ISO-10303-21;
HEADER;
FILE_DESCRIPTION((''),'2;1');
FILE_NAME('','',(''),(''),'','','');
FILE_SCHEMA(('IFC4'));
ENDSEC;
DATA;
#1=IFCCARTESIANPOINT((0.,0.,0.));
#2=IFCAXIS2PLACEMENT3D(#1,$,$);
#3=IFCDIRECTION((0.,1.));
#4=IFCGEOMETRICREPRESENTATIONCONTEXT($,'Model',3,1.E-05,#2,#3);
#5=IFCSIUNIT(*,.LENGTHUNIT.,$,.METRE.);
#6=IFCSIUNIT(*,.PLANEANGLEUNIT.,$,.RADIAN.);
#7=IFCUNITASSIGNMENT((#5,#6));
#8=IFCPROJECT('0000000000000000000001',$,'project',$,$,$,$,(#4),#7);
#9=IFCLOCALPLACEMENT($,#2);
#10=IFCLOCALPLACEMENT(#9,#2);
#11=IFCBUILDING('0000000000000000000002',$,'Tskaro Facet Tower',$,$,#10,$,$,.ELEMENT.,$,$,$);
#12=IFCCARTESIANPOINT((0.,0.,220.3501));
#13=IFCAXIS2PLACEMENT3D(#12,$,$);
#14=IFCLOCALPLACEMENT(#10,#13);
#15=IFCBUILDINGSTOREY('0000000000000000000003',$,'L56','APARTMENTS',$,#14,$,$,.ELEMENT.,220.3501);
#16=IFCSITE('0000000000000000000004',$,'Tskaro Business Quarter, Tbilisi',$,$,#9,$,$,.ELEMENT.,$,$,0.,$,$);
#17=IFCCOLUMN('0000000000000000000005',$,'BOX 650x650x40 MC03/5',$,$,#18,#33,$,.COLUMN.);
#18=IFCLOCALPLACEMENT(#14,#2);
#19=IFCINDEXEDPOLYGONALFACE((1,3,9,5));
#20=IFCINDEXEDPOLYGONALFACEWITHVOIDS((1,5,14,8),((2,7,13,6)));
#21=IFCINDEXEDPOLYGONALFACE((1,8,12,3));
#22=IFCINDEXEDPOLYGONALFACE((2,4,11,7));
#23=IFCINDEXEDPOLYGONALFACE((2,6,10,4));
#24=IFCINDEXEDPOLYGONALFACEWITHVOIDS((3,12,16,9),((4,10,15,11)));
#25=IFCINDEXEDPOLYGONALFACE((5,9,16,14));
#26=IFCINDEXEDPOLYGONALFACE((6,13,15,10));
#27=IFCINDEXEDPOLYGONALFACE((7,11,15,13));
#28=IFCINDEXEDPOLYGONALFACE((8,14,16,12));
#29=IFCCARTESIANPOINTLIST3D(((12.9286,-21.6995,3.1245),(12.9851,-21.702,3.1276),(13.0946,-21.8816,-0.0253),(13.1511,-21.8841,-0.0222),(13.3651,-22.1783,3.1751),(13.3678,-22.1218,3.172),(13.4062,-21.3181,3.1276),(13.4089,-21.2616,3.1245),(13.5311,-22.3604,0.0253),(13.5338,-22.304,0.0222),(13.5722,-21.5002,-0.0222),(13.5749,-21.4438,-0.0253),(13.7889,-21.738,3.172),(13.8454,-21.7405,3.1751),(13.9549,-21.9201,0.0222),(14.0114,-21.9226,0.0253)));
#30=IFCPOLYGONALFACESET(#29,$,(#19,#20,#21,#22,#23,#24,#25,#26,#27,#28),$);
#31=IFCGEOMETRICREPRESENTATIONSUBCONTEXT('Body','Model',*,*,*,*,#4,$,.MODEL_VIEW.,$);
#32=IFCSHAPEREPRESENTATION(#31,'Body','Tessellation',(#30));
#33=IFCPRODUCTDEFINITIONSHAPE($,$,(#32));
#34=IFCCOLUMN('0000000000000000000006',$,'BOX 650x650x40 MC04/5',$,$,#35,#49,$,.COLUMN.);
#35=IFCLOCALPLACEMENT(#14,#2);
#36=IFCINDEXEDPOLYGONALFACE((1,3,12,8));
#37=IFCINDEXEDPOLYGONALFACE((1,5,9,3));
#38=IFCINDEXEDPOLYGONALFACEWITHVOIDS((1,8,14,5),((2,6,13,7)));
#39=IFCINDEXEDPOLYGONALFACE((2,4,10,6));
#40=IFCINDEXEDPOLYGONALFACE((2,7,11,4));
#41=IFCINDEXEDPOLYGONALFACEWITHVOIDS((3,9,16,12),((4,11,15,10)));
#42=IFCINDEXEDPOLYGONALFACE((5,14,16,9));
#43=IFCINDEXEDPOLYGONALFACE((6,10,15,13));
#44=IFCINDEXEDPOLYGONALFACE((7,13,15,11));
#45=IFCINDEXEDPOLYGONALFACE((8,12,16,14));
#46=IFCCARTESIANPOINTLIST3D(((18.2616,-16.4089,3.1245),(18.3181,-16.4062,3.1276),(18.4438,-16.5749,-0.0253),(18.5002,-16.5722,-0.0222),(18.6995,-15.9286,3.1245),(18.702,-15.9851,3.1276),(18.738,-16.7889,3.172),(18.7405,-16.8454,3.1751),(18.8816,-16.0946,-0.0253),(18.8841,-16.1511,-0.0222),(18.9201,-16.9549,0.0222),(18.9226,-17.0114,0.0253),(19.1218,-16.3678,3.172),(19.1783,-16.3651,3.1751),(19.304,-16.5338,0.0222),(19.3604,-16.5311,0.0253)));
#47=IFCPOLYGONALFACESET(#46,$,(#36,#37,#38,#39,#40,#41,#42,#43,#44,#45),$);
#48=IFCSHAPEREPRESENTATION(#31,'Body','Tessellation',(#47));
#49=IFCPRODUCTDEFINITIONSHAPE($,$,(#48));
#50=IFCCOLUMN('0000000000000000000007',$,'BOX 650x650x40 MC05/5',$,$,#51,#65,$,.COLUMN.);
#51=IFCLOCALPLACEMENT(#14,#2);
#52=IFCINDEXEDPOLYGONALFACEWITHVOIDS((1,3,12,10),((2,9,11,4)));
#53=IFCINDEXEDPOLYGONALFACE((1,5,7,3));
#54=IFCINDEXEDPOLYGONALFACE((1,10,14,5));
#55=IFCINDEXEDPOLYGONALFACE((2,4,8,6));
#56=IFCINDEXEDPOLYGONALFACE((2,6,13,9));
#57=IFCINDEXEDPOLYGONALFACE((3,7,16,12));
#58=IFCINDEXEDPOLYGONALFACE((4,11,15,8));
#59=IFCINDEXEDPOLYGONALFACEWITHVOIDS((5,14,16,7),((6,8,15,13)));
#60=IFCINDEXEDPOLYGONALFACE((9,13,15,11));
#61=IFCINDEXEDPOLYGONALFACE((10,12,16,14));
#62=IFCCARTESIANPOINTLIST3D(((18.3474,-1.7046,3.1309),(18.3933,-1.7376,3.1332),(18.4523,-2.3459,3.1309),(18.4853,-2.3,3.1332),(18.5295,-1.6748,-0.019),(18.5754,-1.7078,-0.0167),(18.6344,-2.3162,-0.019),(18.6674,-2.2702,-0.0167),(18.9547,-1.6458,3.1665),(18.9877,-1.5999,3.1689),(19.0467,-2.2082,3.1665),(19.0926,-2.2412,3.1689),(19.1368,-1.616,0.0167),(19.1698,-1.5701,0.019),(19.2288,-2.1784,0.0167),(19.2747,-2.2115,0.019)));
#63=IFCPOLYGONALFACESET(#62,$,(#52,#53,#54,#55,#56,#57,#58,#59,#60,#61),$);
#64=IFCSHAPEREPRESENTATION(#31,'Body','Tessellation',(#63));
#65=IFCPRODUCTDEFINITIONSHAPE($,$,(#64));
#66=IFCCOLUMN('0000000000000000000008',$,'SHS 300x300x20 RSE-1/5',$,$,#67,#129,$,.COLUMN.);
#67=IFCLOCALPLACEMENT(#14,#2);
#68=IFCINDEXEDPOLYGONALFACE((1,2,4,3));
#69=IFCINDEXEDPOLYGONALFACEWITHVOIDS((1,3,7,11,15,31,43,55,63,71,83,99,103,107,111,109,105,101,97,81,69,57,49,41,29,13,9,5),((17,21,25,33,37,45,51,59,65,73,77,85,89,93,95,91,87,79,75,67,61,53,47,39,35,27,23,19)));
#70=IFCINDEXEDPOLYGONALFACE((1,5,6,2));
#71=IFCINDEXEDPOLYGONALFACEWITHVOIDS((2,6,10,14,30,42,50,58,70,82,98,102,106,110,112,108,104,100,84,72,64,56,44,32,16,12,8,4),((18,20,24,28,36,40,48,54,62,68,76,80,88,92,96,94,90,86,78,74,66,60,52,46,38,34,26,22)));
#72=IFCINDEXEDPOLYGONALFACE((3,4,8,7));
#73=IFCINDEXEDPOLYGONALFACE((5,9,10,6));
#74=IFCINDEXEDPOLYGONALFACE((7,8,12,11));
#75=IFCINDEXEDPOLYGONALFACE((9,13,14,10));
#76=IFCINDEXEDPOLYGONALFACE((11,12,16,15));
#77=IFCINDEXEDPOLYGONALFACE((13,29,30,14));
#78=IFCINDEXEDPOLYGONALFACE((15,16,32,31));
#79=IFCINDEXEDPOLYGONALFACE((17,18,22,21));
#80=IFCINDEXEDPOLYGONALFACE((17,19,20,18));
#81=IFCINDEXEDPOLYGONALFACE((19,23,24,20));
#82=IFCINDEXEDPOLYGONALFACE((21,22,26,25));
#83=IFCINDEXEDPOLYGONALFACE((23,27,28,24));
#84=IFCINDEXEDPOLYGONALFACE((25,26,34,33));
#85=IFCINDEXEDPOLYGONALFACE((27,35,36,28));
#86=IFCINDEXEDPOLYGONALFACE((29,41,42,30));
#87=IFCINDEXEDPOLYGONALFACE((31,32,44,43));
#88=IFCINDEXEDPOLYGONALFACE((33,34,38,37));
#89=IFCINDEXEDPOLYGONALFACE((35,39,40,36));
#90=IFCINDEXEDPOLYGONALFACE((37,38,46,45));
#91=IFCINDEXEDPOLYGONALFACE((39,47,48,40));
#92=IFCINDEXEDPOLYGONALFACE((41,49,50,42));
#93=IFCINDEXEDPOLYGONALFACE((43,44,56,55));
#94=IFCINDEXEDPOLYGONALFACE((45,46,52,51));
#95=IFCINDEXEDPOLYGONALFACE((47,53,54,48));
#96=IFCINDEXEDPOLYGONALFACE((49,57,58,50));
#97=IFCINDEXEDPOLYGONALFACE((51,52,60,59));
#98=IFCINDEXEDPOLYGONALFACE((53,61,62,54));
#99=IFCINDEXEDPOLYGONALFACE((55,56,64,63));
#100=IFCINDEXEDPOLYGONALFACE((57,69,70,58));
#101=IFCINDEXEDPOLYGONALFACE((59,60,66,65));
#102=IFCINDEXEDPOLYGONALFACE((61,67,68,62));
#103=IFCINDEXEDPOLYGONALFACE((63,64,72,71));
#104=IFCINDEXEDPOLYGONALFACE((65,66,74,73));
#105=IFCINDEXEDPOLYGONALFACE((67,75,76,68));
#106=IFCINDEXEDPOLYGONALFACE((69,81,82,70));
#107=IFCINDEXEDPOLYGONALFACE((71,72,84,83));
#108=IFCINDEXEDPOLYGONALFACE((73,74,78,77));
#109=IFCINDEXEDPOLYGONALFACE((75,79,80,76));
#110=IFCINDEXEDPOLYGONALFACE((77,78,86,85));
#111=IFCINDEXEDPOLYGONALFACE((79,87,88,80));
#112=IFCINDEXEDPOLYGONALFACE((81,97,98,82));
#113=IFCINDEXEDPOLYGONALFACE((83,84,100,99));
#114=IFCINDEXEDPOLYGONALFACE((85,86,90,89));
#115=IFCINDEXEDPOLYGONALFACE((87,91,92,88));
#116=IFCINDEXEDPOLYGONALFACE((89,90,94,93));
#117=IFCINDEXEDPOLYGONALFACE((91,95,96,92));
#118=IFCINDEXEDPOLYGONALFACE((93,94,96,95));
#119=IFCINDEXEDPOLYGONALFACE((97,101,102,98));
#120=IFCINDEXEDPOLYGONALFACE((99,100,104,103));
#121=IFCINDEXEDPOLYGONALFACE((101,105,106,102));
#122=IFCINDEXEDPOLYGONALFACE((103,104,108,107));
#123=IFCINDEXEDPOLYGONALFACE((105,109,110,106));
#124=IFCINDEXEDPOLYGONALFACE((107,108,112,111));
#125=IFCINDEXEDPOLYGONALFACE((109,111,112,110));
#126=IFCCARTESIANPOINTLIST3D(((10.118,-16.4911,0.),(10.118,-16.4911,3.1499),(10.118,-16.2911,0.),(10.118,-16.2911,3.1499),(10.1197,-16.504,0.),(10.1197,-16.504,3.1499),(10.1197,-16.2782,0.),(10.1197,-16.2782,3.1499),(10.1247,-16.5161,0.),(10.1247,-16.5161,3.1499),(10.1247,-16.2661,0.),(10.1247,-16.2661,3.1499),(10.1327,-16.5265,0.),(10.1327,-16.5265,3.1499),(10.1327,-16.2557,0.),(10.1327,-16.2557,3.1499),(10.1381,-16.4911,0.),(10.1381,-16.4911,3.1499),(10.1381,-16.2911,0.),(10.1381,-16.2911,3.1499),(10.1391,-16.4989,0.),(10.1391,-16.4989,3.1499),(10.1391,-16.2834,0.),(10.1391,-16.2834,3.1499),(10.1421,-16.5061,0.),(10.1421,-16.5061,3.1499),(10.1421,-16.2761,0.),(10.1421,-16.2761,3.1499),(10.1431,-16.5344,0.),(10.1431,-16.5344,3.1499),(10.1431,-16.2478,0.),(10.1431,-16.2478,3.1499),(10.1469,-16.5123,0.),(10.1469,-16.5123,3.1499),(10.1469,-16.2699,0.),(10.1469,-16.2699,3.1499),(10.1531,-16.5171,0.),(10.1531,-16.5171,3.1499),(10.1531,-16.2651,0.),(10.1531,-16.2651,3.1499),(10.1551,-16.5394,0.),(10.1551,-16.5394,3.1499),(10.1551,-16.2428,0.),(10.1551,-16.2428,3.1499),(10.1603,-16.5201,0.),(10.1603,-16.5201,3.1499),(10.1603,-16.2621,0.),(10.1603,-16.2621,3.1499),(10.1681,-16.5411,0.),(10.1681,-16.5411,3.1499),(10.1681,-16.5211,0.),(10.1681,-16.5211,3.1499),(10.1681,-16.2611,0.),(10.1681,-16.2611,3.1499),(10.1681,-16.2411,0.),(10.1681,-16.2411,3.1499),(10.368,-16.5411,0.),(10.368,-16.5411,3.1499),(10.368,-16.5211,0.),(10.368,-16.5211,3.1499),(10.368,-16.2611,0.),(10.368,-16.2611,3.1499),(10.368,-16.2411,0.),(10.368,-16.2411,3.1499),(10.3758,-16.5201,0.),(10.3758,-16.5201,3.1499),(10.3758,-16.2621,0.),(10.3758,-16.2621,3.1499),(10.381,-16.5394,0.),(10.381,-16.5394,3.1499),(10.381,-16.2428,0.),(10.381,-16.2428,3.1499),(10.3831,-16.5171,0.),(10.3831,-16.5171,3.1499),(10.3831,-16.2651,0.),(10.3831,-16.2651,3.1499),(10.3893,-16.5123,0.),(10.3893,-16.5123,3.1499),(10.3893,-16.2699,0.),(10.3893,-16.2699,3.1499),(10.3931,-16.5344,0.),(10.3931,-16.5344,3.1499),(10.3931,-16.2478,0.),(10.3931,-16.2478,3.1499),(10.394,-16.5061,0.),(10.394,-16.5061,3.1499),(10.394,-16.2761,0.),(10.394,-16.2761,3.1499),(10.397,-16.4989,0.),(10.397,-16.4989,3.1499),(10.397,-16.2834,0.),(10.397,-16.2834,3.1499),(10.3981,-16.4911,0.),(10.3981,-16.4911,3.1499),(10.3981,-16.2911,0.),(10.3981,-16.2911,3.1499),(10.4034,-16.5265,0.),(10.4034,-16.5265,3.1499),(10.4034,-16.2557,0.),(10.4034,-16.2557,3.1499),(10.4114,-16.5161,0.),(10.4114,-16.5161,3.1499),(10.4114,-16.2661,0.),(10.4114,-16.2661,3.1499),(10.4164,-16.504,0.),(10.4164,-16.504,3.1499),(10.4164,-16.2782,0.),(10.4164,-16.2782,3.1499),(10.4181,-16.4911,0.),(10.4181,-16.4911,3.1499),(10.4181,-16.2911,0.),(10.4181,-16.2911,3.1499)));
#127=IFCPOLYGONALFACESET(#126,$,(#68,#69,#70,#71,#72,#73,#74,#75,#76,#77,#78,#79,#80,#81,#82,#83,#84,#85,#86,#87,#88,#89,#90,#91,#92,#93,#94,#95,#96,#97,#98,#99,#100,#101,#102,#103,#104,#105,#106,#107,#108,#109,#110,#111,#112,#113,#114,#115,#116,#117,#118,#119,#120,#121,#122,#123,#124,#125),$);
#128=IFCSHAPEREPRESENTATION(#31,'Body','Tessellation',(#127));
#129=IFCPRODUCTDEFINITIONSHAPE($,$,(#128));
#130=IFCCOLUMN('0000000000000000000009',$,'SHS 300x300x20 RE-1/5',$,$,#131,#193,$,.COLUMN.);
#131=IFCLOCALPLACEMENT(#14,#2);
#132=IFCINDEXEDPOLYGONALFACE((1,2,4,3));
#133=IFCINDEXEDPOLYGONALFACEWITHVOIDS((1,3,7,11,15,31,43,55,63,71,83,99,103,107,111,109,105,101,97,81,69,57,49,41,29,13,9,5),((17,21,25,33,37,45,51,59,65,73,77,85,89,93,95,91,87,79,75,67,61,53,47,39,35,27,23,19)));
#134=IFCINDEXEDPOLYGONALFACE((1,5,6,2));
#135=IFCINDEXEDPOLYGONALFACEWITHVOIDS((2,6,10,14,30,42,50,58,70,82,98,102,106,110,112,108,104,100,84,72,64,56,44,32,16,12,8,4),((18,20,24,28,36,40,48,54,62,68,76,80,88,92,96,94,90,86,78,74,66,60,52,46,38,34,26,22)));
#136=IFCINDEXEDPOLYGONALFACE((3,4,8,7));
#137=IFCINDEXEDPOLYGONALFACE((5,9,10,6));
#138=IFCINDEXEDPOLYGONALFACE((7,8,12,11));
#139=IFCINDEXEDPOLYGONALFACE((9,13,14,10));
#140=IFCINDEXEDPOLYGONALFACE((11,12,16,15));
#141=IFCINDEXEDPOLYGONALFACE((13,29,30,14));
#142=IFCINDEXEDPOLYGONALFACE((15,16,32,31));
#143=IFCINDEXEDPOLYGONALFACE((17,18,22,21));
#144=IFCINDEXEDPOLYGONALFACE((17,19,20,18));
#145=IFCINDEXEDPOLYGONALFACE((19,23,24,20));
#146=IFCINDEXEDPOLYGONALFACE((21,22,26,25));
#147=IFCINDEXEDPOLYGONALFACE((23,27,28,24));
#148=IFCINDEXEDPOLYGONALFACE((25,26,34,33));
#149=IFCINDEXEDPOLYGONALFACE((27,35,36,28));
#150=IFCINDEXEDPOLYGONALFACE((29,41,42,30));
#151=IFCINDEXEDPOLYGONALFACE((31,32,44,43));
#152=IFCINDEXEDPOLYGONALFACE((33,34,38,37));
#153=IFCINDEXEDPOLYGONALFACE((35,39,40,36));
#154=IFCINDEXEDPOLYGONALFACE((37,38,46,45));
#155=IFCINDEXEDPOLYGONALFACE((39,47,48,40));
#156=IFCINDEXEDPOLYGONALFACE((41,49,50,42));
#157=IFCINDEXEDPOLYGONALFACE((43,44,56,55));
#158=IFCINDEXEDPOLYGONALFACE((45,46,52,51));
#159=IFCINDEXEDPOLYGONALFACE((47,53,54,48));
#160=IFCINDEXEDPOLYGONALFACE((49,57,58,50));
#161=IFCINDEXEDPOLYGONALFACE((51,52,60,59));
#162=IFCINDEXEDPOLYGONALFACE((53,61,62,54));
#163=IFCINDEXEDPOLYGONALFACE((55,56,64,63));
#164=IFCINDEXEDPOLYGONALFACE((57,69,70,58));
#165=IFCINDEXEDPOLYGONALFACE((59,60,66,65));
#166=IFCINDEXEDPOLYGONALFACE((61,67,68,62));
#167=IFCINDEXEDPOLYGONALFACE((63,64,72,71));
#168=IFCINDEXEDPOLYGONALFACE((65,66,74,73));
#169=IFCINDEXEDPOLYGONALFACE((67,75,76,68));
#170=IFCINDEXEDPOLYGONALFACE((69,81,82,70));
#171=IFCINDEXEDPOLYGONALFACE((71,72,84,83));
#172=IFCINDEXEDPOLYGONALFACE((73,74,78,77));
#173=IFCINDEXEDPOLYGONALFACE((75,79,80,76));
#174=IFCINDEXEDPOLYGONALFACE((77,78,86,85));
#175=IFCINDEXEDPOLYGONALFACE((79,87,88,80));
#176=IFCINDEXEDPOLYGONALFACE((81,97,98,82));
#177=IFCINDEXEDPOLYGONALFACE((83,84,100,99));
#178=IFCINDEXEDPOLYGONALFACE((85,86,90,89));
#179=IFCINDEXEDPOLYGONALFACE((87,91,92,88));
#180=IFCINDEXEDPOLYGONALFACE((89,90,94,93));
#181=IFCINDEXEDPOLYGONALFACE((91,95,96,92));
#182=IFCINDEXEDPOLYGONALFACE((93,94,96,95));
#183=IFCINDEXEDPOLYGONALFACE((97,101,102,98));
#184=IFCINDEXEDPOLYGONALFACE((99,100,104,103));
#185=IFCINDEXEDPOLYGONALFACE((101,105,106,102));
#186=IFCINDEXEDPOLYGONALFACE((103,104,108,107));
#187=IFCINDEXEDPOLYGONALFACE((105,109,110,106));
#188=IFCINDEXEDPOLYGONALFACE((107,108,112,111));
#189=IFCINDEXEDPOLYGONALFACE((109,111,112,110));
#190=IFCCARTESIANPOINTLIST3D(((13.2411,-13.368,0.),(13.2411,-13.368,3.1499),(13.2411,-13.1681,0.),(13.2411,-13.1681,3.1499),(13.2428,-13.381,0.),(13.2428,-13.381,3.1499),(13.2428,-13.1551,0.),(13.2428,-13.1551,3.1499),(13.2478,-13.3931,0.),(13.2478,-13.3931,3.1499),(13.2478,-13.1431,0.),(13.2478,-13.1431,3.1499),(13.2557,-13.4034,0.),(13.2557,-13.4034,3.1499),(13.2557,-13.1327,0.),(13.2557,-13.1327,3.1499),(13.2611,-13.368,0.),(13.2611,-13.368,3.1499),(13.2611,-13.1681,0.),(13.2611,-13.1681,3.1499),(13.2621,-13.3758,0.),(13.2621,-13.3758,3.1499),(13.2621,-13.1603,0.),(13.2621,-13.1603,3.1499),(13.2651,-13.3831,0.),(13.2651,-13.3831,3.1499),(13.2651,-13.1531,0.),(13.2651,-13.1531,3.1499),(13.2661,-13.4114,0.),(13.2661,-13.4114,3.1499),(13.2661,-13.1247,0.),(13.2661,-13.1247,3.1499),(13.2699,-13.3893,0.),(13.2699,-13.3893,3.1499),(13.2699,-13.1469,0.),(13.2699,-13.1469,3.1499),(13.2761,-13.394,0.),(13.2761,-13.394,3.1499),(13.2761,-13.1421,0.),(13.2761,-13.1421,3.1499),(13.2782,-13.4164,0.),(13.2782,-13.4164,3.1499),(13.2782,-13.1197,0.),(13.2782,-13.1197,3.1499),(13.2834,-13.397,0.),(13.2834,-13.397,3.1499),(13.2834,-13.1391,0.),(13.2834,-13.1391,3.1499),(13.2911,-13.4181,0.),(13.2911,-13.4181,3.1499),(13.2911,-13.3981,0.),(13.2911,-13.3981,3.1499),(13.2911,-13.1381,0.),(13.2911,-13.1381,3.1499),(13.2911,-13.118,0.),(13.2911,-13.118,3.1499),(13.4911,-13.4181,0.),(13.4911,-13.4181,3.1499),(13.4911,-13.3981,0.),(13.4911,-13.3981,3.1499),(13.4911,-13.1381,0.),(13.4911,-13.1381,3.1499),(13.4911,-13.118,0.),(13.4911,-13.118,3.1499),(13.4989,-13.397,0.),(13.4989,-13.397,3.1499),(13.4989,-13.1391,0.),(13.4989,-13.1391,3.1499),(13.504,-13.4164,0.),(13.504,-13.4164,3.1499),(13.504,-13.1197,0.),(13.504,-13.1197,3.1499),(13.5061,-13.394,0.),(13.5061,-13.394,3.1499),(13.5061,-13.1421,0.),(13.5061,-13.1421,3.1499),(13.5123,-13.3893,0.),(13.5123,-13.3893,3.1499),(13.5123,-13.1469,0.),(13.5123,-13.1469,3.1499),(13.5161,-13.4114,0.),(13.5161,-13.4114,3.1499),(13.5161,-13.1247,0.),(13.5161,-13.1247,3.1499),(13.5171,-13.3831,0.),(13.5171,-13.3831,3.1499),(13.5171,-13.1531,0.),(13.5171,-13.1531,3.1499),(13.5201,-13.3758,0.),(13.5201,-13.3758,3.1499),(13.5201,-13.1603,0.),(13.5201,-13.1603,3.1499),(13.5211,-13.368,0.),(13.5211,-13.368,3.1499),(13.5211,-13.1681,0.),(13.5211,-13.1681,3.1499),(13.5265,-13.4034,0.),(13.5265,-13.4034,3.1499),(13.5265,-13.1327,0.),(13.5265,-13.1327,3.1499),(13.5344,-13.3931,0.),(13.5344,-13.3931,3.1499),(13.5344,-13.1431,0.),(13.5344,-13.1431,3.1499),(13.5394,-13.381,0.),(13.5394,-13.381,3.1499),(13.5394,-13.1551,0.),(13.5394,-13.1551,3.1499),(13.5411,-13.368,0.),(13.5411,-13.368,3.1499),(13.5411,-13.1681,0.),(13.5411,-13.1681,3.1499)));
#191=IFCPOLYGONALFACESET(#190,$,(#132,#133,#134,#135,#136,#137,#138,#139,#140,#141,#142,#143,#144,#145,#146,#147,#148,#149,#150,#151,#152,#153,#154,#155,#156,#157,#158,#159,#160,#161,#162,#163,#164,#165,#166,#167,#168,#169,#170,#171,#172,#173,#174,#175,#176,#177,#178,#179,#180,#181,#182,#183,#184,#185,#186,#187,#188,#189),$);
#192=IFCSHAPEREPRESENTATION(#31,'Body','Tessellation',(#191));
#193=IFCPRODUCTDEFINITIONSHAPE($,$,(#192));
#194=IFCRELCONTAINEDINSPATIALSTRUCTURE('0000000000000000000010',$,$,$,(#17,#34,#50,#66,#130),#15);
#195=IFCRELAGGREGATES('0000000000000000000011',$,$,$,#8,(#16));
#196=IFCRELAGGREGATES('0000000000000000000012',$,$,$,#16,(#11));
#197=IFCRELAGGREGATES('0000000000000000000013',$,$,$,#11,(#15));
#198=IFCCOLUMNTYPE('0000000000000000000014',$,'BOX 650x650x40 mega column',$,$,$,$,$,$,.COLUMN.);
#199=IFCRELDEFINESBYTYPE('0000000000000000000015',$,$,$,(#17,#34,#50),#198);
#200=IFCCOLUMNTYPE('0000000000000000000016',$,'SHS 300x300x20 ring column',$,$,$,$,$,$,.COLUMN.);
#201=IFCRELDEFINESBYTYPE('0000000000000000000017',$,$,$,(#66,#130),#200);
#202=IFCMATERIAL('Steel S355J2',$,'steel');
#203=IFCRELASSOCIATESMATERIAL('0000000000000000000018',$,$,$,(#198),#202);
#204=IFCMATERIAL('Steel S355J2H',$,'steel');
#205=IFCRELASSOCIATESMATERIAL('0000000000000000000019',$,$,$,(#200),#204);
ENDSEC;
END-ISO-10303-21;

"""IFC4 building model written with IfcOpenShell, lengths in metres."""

from ifc_helpers import new_model, si_unit, direction, frame, origin, origin_2d, place, context, subcontext, project, spatial, hollow_rectangle, extrude, material, material_profile, profile_set, type_object, element, save


model = new_model("IFC4")

# Units and contexts
model_context = context("Model", 3, precision=1e-05, world=origin(), true_north=direction((0.0, 1.0)))
body_context = subcontext(model_context, "Body", "Model", "MODEL_VIEW")
ifc_project = project(units=[si_unit("LENGTHUNIT", "METRE"), si_unit("PLANEANGLEUNIT", "RADIAN")], contexts=[model_context])

# Site, building, storey
site_placement = place(None, origin())
site = spatial("IfcSite", under=ifc_project, at=site_placement, Name="Tskaro Business Quarter, Tbilisi", CompositionType="ELEMENT", RefElevation=0.0)
building_placement = place(site_placement, origin())
building = spatial("IfcBuilding", under=site, at=building_placement, Name="Tskaro Facet Tower", CompositionType="ELEMENT")
storey_placement = place(building_placement, frame((0.0, 0.0, 220.3501)))
storey = spatial("IfcBuildingStorey", under=building, at=storey_placement, Name="L56", Description="APARTMENTS", CompositionType="ELEMENT", Elevation=220.3501)

# Columns
ifc_material_1 = material(Name="Steel S355J2", Category="steel")
ifc_material_profile_1 = material_profile(ifc_material_1, hollow_rectangle(XDim=0.6499, YDim=0.6499, WallThickness=0.04, at=origin_2d()), Name="BOX 650x650x40")
ifc_profile_set_1 = profile_set([ifc_material_profile_1], Name="Steel S355J2")
column_type_1 = type_object("IfcColumnType", Name="BOX 650x650x40 mega column", PredefinedType="COLUMN", material=ifc_profile_set_1)
for number, where, z_axis, x_axis, name in (
    (1, (13.553, -21.9021, 0.0), (-0.052544, 0.057644, 0.996953), (-0.739043, -0.673658, 0.0), "BOX 650x650x40 MC03/5"),
    (2, (18.9021, -16.553, 0.0), (-0.057644, 0.052544, 0.996953), (-0.673658, -0.739043, 0.0), "BOX 650x650x40 MC04/5"),
):
    element("IfcColumn", number, at=place(storey_placement, frame(where, z_axis=z_axis, x_axis=x_axis)), inside=storey, type_object=column_type_1, Name=name, PredefinedType="COLUMN", context=body_context, shape_type="SweptSolid", body=[
        extrude(hollow_rectangle(XDim=0.6499, YDim=0.6499, WallThickness=0.04, at=origin_2d()), origin(), (0.0, 0.0, 1.0), 3.1594),
    ])
column_placement = place(storey_placement, frame((18.9021, -1.9431, 0.0), z_axis=(-0.057722, -0.00944, 0.998288), x_axis=(0.161395, -0.98689, 0.0)))
element("IfcColumn", 3, at=column_placement, inside=storey, type_object=column_type_1, Name="BOX 650x650x40 MC05/5", PredefinedType="COLUMN", context=body_context, shape_type="SweptSolid", body=[
    extrude(hollow_rectangle(XDim=0.6499, YDim=0.6499, WallThickness=0.04, at=origin_2d()), origin(), (0.0, 0.0, 1.0), 3.1553),
])
ifc_material_2 = material(Name="Steel S355J2H", Category="steel")
ifc_material_profile_2 = material_profile(ifc_material_2, hollow_rectangle(XDim=0.3, YDim=0.3, WallThickness=0.02, InnerFilletRadius=0.03, OuterFilletRadius=0.05, at=origin_2d()), Name="SHS 300x300x20")
ifc_profile_set_2 = profile_set([ifc_material_profile_2], Name="Steel S355J2H")
column_type_2 = type_object("IfcColumnType", Name="SHS 300x300x20 ring column", PredefinedType="COLUMN", material=ifc_profile_set_2)
for number, where, z_axis, x_axis, name in (
    (4, (10.2681, -16.3911, 0.0), (0.0, 0.0, 1.0), (1.0, 0.0, 0.0), "SHS 300x300x20 RSE-1/5"),
    (5, (13.3911, -13.2681, 0.0), (0.0, 0.0, 1.0), (1.0, 0.0, 0.0), "SHS 300x300x20 RE-1/5"),
):
    element("IfcColumn", number, at=place(storey_placement, frame(where, z_axis=z_axis, x_axis=x_axis)), inside=storey, type_object=column_type_2, Name=name, PredefinedType="COLUMN", context=body_context, shape_type="SweptSolid", body=[
        extrude(hollow_rectangle(XDim=0.3, YDim=0.3, WallThickness=0.02, InnerFilletRadius=0.03, OuterFilletRadius=0.05, at=origin_2d()), origin(), (0.0, 0.0, 1.0), 3.1499),
    ])

save(model, "model.ifc")
